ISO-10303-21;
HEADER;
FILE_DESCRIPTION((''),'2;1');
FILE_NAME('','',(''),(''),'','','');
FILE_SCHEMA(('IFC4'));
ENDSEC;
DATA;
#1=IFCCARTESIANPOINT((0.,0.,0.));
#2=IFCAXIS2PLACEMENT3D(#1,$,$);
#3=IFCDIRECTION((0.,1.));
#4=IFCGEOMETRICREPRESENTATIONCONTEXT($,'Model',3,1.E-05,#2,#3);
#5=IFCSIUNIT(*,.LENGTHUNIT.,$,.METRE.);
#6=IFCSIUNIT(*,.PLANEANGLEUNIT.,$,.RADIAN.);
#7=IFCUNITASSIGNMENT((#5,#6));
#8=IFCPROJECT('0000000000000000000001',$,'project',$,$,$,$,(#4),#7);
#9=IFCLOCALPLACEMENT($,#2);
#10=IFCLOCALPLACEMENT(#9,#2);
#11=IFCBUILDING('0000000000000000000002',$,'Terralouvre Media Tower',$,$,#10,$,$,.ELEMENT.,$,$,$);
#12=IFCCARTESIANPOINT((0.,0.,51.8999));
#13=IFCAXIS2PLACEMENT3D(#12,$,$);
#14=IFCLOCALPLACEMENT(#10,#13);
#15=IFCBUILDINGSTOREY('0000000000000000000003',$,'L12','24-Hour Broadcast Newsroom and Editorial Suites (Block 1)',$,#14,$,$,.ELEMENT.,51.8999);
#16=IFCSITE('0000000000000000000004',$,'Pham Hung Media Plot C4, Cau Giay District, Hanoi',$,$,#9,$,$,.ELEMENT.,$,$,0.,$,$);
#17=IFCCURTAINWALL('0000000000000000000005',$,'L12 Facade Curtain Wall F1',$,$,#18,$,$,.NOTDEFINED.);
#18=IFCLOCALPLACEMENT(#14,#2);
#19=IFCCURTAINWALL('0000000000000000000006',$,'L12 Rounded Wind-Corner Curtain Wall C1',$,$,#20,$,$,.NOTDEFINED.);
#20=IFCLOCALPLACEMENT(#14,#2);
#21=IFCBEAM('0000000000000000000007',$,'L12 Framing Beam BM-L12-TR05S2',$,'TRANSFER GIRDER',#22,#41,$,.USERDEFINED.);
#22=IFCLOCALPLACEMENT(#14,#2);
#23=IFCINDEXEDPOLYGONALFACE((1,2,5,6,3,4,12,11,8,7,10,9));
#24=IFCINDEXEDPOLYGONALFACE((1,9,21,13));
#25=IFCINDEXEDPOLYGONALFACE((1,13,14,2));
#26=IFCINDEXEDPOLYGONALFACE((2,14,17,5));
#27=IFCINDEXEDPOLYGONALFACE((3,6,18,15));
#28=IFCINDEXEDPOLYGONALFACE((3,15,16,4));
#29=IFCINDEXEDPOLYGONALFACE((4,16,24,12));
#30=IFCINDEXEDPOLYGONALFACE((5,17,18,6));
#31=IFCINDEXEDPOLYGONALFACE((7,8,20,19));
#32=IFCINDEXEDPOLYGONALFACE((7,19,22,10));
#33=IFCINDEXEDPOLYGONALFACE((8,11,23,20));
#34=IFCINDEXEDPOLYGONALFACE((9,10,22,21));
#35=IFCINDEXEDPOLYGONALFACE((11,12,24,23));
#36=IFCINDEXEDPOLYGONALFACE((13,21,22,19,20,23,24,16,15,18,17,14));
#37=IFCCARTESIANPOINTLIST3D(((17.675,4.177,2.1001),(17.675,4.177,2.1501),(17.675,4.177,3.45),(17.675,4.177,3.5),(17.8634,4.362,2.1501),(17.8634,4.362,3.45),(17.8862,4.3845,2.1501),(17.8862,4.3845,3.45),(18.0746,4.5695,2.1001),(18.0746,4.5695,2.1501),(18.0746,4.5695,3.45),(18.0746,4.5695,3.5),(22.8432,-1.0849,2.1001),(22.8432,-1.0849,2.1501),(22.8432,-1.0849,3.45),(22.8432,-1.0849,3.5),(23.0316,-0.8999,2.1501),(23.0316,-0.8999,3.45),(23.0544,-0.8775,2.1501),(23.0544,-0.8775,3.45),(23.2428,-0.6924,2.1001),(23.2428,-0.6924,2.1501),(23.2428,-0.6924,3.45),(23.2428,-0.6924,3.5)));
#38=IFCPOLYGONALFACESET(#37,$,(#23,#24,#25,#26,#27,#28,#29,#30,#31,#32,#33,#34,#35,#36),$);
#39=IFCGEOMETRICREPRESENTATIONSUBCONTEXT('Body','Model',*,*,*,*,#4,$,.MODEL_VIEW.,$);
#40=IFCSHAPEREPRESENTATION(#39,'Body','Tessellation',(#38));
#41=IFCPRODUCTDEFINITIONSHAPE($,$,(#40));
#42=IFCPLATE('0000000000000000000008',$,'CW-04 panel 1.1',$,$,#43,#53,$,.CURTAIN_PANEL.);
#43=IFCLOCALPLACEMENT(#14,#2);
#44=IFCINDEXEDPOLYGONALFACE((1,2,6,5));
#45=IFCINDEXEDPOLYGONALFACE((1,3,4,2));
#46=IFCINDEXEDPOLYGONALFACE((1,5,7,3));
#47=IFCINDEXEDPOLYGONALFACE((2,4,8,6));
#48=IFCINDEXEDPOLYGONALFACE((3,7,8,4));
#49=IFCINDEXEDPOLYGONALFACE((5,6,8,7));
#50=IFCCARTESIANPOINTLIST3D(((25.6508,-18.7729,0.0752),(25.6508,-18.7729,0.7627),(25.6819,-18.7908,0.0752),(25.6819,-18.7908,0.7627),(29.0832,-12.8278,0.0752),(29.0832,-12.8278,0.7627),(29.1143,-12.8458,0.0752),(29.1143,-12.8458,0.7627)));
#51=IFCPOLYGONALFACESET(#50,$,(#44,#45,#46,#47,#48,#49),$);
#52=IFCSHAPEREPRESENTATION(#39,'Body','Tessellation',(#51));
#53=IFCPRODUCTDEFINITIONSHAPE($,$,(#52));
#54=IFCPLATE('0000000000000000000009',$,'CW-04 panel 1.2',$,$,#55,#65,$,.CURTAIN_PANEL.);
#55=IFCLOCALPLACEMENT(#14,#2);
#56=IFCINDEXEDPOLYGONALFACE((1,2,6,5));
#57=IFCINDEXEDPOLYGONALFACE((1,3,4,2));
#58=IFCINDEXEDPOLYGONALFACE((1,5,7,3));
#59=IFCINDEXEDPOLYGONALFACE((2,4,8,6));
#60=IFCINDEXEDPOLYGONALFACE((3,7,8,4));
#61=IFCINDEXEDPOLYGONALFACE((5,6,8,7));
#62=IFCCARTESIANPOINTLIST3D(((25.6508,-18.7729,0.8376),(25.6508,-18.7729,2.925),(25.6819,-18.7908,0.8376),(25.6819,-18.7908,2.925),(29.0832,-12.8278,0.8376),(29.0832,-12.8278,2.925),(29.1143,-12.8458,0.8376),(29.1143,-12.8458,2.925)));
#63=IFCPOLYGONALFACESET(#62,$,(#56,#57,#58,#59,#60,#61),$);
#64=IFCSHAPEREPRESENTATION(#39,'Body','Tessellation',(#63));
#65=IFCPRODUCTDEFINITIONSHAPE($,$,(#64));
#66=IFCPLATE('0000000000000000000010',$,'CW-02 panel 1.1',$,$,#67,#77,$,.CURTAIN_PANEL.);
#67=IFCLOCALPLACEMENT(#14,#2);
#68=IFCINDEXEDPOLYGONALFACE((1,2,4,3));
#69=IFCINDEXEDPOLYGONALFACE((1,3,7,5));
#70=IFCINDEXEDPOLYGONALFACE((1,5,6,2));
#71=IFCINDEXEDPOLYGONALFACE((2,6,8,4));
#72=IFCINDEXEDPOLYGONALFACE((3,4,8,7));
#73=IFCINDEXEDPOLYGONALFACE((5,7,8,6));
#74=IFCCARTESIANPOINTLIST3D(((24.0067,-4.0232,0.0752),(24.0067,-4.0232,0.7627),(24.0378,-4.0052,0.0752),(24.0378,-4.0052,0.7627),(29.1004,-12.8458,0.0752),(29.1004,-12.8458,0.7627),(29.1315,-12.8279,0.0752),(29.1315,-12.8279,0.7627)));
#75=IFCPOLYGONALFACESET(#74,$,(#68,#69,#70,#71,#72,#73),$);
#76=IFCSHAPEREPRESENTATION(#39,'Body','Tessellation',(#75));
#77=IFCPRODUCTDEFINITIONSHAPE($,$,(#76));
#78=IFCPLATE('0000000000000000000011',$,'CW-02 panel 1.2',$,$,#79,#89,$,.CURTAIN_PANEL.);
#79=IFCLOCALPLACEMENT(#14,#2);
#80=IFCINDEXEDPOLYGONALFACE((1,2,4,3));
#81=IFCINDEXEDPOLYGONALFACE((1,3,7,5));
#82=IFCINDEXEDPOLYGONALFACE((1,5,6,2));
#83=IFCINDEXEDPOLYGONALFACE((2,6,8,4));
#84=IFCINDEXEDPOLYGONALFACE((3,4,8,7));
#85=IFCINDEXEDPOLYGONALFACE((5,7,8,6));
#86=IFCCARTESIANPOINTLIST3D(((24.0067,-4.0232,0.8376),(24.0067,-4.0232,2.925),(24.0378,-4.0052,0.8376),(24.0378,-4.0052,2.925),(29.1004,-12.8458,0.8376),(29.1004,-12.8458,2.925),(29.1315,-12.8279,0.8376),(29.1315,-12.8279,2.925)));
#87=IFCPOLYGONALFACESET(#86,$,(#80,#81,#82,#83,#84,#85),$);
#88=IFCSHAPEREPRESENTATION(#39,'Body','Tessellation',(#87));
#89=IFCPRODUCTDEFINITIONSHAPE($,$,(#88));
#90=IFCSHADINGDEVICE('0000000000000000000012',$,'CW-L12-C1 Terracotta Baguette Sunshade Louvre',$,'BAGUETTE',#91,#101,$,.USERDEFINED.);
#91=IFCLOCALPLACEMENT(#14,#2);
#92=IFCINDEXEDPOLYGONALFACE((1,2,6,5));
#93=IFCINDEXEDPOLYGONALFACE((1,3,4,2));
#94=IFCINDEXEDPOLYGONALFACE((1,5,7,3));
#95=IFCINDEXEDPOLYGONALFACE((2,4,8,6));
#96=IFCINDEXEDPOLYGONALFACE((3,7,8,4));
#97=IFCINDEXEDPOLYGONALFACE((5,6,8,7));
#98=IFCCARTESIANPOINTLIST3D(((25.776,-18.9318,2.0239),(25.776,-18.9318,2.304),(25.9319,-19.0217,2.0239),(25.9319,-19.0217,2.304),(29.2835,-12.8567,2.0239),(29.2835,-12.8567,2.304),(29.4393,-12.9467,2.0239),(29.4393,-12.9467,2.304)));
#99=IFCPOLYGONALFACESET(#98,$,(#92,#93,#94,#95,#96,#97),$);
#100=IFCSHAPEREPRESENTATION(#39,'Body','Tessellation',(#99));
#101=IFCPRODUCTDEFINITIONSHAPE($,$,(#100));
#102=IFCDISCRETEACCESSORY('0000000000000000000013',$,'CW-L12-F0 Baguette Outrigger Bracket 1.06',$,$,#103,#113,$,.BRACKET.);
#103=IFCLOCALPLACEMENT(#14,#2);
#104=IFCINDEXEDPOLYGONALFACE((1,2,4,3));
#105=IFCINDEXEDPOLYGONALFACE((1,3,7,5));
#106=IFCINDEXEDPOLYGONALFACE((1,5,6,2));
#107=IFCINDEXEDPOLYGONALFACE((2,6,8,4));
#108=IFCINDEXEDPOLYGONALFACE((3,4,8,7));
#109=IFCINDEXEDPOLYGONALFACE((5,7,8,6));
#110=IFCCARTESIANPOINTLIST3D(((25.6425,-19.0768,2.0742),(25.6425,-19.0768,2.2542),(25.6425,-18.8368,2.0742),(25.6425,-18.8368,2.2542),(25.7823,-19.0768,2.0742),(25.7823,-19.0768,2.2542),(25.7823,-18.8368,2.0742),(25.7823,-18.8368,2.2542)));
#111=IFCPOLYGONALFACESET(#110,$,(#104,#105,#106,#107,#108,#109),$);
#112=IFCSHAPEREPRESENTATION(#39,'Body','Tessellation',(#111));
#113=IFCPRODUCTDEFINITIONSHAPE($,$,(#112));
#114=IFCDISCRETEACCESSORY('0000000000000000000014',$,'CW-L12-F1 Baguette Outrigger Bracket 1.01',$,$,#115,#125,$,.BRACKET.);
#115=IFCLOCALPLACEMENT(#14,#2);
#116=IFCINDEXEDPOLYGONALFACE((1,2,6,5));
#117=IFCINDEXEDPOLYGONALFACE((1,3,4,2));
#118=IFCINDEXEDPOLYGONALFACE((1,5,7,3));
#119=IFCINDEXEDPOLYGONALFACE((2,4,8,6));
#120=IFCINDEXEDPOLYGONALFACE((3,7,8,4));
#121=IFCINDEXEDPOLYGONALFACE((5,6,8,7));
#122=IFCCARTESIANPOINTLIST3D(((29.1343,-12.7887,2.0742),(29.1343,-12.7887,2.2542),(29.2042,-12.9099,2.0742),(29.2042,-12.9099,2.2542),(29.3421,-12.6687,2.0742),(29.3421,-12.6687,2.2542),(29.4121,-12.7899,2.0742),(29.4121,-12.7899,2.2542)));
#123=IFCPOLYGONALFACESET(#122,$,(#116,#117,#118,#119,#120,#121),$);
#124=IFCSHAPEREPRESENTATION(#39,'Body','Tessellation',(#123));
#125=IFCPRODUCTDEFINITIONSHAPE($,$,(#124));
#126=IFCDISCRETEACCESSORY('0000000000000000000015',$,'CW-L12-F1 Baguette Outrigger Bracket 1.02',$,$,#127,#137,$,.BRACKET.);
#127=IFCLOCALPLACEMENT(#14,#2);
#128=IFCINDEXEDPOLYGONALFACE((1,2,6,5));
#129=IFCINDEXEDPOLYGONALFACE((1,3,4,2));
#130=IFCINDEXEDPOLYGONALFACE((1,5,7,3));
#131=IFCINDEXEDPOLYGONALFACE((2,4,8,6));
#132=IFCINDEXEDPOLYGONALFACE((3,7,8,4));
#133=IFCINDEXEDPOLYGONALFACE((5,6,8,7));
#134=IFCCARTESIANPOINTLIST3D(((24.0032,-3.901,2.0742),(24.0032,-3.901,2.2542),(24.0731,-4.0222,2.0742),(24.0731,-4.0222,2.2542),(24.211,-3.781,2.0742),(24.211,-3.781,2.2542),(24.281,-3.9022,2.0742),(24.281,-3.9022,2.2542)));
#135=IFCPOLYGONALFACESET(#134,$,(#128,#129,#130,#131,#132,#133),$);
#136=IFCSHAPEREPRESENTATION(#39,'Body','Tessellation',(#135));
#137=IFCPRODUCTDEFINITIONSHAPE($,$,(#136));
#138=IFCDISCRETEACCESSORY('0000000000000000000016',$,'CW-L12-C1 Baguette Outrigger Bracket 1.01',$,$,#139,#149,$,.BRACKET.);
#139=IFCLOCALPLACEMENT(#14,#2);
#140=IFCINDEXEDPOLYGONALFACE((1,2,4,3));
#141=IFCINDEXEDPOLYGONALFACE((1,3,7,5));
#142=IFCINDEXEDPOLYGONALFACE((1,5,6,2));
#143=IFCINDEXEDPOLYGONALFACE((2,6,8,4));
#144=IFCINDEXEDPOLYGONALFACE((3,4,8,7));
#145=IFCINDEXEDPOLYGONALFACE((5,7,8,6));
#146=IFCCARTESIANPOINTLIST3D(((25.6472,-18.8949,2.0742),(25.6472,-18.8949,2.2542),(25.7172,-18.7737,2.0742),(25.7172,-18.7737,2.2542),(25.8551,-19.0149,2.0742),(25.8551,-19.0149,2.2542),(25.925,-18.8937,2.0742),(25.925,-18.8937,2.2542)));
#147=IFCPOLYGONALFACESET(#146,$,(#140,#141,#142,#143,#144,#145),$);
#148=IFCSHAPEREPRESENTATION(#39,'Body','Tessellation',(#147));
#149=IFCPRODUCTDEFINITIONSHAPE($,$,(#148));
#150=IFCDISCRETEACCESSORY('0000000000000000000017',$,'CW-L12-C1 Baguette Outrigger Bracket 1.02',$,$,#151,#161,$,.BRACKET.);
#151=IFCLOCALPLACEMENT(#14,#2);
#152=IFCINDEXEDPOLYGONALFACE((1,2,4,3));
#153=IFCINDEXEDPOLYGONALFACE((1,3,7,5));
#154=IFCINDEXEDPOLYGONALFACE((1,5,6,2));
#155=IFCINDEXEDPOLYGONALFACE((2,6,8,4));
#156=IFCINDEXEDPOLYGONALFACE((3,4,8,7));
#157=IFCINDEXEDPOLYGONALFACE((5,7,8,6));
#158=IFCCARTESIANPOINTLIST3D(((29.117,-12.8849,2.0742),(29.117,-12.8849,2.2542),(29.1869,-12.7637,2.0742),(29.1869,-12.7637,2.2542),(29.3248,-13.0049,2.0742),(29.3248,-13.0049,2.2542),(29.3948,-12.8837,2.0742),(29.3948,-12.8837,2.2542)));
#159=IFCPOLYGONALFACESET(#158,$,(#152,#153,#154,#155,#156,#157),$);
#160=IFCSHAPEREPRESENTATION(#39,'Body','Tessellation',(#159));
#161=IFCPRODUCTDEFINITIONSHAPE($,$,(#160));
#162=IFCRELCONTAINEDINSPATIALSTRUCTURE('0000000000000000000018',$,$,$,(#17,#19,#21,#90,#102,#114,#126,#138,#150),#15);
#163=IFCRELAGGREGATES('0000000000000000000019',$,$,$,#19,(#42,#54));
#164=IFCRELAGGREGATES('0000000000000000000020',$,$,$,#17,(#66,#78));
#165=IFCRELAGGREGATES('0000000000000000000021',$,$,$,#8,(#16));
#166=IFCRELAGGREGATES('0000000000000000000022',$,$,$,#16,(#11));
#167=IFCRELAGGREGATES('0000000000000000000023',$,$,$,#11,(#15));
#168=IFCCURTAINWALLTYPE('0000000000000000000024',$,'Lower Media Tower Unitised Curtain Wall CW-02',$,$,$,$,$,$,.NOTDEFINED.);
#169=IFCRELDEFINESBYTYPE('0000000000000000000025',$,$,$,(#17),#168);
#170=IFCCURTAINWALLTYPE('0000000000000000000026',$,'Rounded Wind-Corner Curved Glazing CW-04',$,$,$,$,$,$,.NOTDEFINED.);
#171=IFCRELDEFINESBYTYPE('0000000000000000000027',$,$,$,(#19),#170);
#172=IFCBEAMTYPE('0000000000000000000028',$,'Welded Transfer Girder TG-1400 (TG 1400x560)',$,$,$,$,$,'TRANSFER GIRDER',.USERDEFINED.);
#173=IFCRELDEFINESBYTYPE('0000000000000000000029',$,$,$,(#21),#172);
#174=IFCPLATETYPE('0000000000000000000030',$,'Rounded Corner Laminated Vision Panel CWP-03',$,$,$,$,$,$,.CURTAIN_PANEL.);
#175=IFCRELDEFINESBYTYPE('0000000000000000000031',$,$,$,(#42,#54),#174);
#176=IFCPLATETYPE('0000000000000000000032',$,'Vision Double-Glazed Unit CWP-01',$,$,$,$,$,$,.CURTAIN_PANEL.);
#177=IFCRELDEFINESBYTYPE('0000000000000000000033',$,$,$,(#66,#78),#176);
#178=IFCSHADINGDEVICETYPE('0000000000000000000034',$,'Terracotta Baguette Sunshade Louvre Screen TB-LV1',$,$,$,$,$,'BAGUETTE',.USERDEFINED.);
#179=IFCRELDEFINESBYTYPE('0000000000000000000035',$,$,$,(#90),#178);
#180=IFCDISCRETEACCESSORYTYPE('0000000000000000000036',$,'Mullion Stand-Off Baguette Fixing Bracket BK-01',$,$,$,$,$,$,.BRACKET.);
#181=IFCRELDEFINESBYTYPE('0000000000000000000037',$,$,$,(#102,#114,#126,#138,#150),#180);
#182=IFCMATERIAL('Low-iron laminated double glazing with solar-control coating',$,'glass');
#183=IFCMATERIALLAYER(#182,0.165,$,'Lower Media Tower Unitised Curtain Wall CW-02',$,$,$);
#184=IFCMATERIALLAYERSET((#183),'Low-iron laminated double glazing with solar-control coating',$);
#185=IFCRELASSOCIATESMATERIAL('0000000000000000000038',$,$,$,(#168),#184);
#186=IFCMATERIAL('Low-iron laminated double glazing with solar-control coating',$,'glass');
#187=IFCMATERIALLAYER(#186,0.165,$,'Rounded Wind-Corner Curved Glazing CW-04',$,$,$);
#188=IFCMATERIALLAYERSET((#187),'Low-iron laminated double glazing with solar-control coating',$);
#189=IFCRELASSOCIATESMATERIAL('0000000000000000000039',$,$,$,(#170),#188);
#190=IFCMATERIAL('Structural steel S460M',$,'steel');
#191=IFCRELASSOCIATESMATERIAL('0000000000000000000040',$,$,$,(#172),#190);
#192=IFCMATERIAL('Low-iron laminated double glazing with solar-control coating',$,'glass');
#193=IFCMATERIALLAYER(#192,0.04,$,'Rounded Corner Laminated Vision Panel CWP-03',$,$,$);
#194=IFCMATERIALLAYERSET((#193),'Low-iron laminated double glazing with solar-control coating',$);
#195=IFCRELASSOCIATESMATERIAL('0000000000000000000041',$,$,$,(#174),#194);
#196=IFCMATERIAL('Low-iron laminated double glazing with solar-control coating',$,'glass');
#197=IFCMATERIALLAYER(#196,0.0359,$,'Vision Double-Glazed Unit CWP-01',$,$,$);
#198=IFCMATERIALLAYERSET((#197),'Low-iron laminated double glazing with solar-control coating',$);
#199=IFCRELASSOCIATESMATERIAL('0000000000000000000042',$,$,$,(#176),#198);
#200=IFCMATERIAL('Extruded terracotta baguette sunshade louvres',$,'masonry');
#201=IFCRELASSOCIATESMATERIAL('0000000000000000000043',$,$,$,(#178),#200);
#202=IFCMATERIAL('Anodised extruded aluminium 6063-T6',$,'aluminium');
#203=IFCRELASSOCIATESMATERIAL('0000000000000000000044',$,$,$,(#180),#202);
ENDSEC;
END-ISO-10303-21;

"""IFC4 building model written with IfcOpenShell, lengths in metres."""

from ifc_helpers import new_model, si_unit, direction, frame, origin, origin_2d, place, context, subcontext, project, spatial, rectangle, i_section, extrude, material, layer, layer_set, material_profile, profile_set, type_object, element, aggregate, save


model = new_model("IFC4")

# Units and contexts
model_context = context("Model", 3, precision=1e-05, world=origin(), true_north=direction((0.0, 1.0)))
body_context = subcontext(model_context, "Body", "Model", "MODEL_VIEW")
ifc_project = project(units=[si_unit("LENGTHUNIT", "METRE"), si_unit("PLANEANGLEUNIT", "RADIAN")], contexts=[model_context])

# Site, building, storey
site_placement = place(None, origin())
site = spatial("IfcSite", under=ifc_project, at=site_placement, Name="Pham Hung Media Plot C4, Cau Giay District, Hanoi", CompositionType="ELEMENT", RefElevation=0.0)
building_placement = place(site_placement, origin())
building = spatial("IfcBuilding", under=site, at=building_placement, Name="Terralouvre Media Tower", CompositionType="ELEMENT")
storey_placement = place(building_placement, frame((0.0, 0.0, 51.8999)))
storey = spatial("IfcBuildingStorey", under=building, at=storey_placement, Name="L12", Description="24-Hour Broadcast Newsroom and Editorial Suites (Block 1)", CompositionType="ELEMENT", Elevation=51.8999)

# Curtain walls
ifc_material_1 = material(Name="Low-iron laminated double glazing with solar-control coating", Category="glass")
ifc_layer_1 = layer(ifc_material_1, 0.165, Name="Lower Media Tower Unitised Curtain Wall CW-02")
ifc_layer_set_1 = layer_set([ifc_layer_1], Name="Low-iron laminated double glazing with solar-control coating")
curtain_wall_type_1 = type_object("IfcCurtainWallType", Name="Lower Media Tower Unitised Curtain Wall CW-02", PredefinedType="NOTDEFINED", material=ifc_layer_set_1)
curtain_wall_1_placement = place(storey_placement, origin())
curtain_wall_1 = element("IfcCurtainWall", 1, at=curtain_wall_1_placement, inside=storey, type_object=curtain_wall_type_1, Name="L12 Facade Curtain Wall F1", PredefinedType="NOTDEFINED")
ifc_material_2 = material(Name="Low-iron laminated double glazing with solar-control coating", Category="glass")
ifc_layer_2 = layer(ifc_material_2, 0.165, Name="Rounded Wind-Corner Curved Glazing CW-04")
ifc_layer_set_2 = layer_set([ifc_layer_2], Name="Low-iron laminated double glazing with solar-control coating")
curtain_wall_type_2 = type_object("IfcCurtainWallType", Name="Rounded Wind-Corner Curved Glazing CW-04", PredefinedType="NOTDEFINED", material=ifc_layer_set_2)
curtain_wall_2_placement = place(storey_placement, origin())
curtain_wall_2 = element("IfcCurtainWall", 2, at=curtain_wall_2_placement, inside=storey, type_object=curtain_wall_type_2, Name="L12 Rounded Wind-Corner Curtain Wall C1", PredefinedType="NOTDEFINED")

# Beam
ifc_material_3 = material(Name="Structural steel S460M", Category="steel")
ifc_material_profile_1 = material_profile(ifc_material_3, i_section(OverallWidth=0.5601, OverallDepth=1.3999, WebThickness=0.032, FlangeThickness=0.05, at=origin_2d()), Name="TG 1400x560")
ifc_profile_set_1 = profile_set([ifc_material_profile_1], Name="Structural steel S460M")
beam_type = type_object("IfcBeamType", Name="Welded Transfer Girder TG-1400 (TG 1400x560)", ElementType="TRANSFER GIRDER", PredefinedType="USERDEFINED", material=ifc_profile_set_1)
beam_placement = place(storey_placement, frame((23.043, -0.8887, 2.8), z_axis=(-0.700723, 0.713434, 0.0), x_axis=(-0.713434, -0.700723, 0.0)))
element("IfcBeam", 3, at=beam_placement, inside=storey, type_object=beam_type, Name="L12 Framing Beam BM-L12-TR05S2", ObjectType="TRANSFER GIRDER", PredefinedType="USERDEFINED", context=body_context, shape_type="SweptSolid", body=[
    extrude(i_section(OverallWidth=0.5601, OverallDepth=1.3999, WebThickness=0.032, FlangeThickness=0.05, at=origin_2d()), origin(), (0.0, 0.0, 1.0), 7.3755),
])

# Plates
ifc_material_4 = material(Name="Low-iron laminated double glazing with solar-control coating", Category="glass")
ifc_layer_3 = layer(ifc_material_4, 0.04, Name="Rounded Corner Laminated Vision Panel CWP-03")
ifc_layer_set_3 = layer_set([ifc_layer_3], Name="Low-iron laminated double glazing with solar-control coating")
plate_type_1 = type_object("IfcPlateType", Name="Rounded Corner Laminated Vision Panel CWP-03", PredefinedType="CURTAIN_PANEL", material=ifc_layer_set_3)
plate_1_placement = place(storey_placement, frame((27.3826, -15.8093, 0.0752), z_axis=(0.0, 0.0, 1.0), x_axis=(0.5, 0.866026, 0.0)))
plate_1 = element("IfcPlate", 4, at=plate_1_placement, type_object=plate_type_1, Name="CW-04 panel 1.1", PredefinedType="CURTAIN_PANEL", context=body_context, shape_type="SweptSolid", body=[
    extrude(rectangle(XDim=6.8647, YDim=0.0359, at=origin_2d()), origin(), (0.0, 0.0, 1.0), 0.6875),
])
plate_2_placement = place(storey_placement, frame((27.3826, -15.8093, 0.8376), z_axis=(0.0, 0.0, 1.0), x_axis=(0.5, 0.866026, 0.0)))
plate_2 = element("IfcPlate", 5, at=plate_2_placement, type_object=plate_type_1, Name="CW-04 panel 1.2", PredefinedType="CURTAIN_PANEL", context=body_context, shape_type="SweptSolid", body=[
    extrude(rectangle(XDim=6.8647, YDim=0.0359, at=origin_2d()), origin(), (0.0, 0.0, 1.0), 2.0874),
])
aggregate(curtain_wall_2, [plate_1, plate_2])
ifc_material_5 = material(Name="Low-iron laminated double glazing with solar-control coating", Category="glass")
ifc_layer_4 = layer(ifc_material_5, 0.0359, Name="Vision Double-Glazed Unit CWP-01")
ifc_layer_set_4 = layer_set([ifc_layer_4], Name="Low-iron laminated double glazing with solar-control coating")
plate_type_2 = type_object("IfcPlateType", Name="Vision Double-Glazed Unit CWP-01", PredefinedType="CURTAIN_PANEL", material=ifc_layer_set_4)
plate_3_placement = place(storey_placement, frame((26.5691, -8.4255, 0.0752), z_axis=(0.0, 0.0, 1.0), x_axis=(-0.5, 0.866025, 0.0)))
plate_3 = element("IfcPlate", 6, at=plate_3_placement, type_object=plate_type_2, Name="CW-02 panel 1.1", PredefinedType="CURTAIN_PANEL", context=body_context, shape_type="SweptSolid", body=[
    extrude(rectangle(XDim=10.1875, YDim=0.0359, at=origin_2d()), origin(), (0.0, 0.0, 1.0), 0.6875),
])
plate_4_placement = place(storey_placement, frame((26.5691, -8.4255, 0.8376), z_axis=(0.0, 0.0, 1.0), x_axis=(-0.5, 0.866025, 0.0)))
plate_4 = element("IfcPlate", 7, at=plate_4_placement, type_object=plate_type_2, Name="CW-02 panel 1.2", PredefinedType="CURTAIN_PANEL", context=body_context, shape_type="SweptSolid", body=[
    extrude(rectangle(XDim=10.1875, YDim=0.0359, at=origin_2d()), origin(), (0.0, 0.0, 1.0), 2.0874),
])
aggregate(curtain_wall_1, [plate_3, plate_4])

# Shading device
ifc_material_6 = material(Name="Extruded terracotta baguette sunshade louvres", Category="masonry")
shading_device_type = type_object("IfcShadingDeviceType", Name="Terracotta Baguette Sunshade Louvre Screen TB-LV1", ElementType="BAGUETTE", PredefinedType="USERDEFINED", material=ifc_material_6)
shading_device_placement = place(storey_placement, frame((27.6077, -15.9392, 2.0239), z_axis=(0.0, 0.0, 1.0), x_axis=(0.5, 0.866026, 0.0)))
element("IfcShadingDevice", 8, at=shading_device_placement, inside=storey, type_object=shading_device_type, Name="CW-L12-C1 Terracotta Baguette Sunshade Louvre", ObjectType="BAGUETTE", PredefinedType="USERDEFINED", context=body_context, shape_type="SweptSolid", body=[
    extrude(rectangle(XDim=7.0149, YDim=0.1799, at=origin_2d()), origin(), (0.0, 0.0, 1.0), 0.28),
])

# Discrete accessories
ifc_material_7 = material(Name="Anodised extruded aluminium 6063-T6", Category="aluminium")
discrete_accessory_type = type_object("IfcDiscreteAccessoryType", Name="Mullion Stand-Off Baguette Fixing Bracket BK-01", PredefinedType="BRACKET", material=ifc_material_7)
for number, where, z_axis, x_axis, name in (
    (9, (25.7124, -18.9568, 2.0742), (0.0, 0.0, 1.0), (1.0, 0.0, 0.0), "CW-L12-F0 Baguette Outrigger Bracket 1.06"),
    (10, (29.2732, -12.7893, 2.0742), (0.0, 0.0, 1.0), (-0.5, 0.866025, 0.0), "CW-L12-F1 Baguette Outrigger Bracket 1.01"),
    (11, (24.1421, -3.9016, 2.0742), (0.0, 0.0, 1.0), (-0.5, 0.866025, 0.0), "CW-L12-F1 Baguette Outrigger Bracket 1.02"),
    (12, (25.7861, -18.8943, 2.0742), (0.0, 0.0, 1.0), (0.5, 0.866026, 0.0), "CW-L12-C1 Baguette Outrigger Bracket 1.01"),
    (13, (29.2559, -12.8843, 2.0742), (0.0, 0.0, 1.0), (0.5, 0.866026, 0.0), "CW-L12-C1 Baguette Outrigger Bracket 1.02"),
):
    element("IfcDiscreteAccessory", number, at=place(storey_placement, frame(where, z_axis=z_axis, x_axis=x_axis)), inside=storey, type_object=discrete_accessory_type, Name=name, PredefinedType="BRACKET", context=body_context, shape_type="SweptSolid", body=[
        extrude(rectangle(XDim=0.1399, YDim=0.24, at=origin_2d()), origin(), (0.0, 0.0, 1.0), 0.1799),
    ])

save(model, "model.ifc")
